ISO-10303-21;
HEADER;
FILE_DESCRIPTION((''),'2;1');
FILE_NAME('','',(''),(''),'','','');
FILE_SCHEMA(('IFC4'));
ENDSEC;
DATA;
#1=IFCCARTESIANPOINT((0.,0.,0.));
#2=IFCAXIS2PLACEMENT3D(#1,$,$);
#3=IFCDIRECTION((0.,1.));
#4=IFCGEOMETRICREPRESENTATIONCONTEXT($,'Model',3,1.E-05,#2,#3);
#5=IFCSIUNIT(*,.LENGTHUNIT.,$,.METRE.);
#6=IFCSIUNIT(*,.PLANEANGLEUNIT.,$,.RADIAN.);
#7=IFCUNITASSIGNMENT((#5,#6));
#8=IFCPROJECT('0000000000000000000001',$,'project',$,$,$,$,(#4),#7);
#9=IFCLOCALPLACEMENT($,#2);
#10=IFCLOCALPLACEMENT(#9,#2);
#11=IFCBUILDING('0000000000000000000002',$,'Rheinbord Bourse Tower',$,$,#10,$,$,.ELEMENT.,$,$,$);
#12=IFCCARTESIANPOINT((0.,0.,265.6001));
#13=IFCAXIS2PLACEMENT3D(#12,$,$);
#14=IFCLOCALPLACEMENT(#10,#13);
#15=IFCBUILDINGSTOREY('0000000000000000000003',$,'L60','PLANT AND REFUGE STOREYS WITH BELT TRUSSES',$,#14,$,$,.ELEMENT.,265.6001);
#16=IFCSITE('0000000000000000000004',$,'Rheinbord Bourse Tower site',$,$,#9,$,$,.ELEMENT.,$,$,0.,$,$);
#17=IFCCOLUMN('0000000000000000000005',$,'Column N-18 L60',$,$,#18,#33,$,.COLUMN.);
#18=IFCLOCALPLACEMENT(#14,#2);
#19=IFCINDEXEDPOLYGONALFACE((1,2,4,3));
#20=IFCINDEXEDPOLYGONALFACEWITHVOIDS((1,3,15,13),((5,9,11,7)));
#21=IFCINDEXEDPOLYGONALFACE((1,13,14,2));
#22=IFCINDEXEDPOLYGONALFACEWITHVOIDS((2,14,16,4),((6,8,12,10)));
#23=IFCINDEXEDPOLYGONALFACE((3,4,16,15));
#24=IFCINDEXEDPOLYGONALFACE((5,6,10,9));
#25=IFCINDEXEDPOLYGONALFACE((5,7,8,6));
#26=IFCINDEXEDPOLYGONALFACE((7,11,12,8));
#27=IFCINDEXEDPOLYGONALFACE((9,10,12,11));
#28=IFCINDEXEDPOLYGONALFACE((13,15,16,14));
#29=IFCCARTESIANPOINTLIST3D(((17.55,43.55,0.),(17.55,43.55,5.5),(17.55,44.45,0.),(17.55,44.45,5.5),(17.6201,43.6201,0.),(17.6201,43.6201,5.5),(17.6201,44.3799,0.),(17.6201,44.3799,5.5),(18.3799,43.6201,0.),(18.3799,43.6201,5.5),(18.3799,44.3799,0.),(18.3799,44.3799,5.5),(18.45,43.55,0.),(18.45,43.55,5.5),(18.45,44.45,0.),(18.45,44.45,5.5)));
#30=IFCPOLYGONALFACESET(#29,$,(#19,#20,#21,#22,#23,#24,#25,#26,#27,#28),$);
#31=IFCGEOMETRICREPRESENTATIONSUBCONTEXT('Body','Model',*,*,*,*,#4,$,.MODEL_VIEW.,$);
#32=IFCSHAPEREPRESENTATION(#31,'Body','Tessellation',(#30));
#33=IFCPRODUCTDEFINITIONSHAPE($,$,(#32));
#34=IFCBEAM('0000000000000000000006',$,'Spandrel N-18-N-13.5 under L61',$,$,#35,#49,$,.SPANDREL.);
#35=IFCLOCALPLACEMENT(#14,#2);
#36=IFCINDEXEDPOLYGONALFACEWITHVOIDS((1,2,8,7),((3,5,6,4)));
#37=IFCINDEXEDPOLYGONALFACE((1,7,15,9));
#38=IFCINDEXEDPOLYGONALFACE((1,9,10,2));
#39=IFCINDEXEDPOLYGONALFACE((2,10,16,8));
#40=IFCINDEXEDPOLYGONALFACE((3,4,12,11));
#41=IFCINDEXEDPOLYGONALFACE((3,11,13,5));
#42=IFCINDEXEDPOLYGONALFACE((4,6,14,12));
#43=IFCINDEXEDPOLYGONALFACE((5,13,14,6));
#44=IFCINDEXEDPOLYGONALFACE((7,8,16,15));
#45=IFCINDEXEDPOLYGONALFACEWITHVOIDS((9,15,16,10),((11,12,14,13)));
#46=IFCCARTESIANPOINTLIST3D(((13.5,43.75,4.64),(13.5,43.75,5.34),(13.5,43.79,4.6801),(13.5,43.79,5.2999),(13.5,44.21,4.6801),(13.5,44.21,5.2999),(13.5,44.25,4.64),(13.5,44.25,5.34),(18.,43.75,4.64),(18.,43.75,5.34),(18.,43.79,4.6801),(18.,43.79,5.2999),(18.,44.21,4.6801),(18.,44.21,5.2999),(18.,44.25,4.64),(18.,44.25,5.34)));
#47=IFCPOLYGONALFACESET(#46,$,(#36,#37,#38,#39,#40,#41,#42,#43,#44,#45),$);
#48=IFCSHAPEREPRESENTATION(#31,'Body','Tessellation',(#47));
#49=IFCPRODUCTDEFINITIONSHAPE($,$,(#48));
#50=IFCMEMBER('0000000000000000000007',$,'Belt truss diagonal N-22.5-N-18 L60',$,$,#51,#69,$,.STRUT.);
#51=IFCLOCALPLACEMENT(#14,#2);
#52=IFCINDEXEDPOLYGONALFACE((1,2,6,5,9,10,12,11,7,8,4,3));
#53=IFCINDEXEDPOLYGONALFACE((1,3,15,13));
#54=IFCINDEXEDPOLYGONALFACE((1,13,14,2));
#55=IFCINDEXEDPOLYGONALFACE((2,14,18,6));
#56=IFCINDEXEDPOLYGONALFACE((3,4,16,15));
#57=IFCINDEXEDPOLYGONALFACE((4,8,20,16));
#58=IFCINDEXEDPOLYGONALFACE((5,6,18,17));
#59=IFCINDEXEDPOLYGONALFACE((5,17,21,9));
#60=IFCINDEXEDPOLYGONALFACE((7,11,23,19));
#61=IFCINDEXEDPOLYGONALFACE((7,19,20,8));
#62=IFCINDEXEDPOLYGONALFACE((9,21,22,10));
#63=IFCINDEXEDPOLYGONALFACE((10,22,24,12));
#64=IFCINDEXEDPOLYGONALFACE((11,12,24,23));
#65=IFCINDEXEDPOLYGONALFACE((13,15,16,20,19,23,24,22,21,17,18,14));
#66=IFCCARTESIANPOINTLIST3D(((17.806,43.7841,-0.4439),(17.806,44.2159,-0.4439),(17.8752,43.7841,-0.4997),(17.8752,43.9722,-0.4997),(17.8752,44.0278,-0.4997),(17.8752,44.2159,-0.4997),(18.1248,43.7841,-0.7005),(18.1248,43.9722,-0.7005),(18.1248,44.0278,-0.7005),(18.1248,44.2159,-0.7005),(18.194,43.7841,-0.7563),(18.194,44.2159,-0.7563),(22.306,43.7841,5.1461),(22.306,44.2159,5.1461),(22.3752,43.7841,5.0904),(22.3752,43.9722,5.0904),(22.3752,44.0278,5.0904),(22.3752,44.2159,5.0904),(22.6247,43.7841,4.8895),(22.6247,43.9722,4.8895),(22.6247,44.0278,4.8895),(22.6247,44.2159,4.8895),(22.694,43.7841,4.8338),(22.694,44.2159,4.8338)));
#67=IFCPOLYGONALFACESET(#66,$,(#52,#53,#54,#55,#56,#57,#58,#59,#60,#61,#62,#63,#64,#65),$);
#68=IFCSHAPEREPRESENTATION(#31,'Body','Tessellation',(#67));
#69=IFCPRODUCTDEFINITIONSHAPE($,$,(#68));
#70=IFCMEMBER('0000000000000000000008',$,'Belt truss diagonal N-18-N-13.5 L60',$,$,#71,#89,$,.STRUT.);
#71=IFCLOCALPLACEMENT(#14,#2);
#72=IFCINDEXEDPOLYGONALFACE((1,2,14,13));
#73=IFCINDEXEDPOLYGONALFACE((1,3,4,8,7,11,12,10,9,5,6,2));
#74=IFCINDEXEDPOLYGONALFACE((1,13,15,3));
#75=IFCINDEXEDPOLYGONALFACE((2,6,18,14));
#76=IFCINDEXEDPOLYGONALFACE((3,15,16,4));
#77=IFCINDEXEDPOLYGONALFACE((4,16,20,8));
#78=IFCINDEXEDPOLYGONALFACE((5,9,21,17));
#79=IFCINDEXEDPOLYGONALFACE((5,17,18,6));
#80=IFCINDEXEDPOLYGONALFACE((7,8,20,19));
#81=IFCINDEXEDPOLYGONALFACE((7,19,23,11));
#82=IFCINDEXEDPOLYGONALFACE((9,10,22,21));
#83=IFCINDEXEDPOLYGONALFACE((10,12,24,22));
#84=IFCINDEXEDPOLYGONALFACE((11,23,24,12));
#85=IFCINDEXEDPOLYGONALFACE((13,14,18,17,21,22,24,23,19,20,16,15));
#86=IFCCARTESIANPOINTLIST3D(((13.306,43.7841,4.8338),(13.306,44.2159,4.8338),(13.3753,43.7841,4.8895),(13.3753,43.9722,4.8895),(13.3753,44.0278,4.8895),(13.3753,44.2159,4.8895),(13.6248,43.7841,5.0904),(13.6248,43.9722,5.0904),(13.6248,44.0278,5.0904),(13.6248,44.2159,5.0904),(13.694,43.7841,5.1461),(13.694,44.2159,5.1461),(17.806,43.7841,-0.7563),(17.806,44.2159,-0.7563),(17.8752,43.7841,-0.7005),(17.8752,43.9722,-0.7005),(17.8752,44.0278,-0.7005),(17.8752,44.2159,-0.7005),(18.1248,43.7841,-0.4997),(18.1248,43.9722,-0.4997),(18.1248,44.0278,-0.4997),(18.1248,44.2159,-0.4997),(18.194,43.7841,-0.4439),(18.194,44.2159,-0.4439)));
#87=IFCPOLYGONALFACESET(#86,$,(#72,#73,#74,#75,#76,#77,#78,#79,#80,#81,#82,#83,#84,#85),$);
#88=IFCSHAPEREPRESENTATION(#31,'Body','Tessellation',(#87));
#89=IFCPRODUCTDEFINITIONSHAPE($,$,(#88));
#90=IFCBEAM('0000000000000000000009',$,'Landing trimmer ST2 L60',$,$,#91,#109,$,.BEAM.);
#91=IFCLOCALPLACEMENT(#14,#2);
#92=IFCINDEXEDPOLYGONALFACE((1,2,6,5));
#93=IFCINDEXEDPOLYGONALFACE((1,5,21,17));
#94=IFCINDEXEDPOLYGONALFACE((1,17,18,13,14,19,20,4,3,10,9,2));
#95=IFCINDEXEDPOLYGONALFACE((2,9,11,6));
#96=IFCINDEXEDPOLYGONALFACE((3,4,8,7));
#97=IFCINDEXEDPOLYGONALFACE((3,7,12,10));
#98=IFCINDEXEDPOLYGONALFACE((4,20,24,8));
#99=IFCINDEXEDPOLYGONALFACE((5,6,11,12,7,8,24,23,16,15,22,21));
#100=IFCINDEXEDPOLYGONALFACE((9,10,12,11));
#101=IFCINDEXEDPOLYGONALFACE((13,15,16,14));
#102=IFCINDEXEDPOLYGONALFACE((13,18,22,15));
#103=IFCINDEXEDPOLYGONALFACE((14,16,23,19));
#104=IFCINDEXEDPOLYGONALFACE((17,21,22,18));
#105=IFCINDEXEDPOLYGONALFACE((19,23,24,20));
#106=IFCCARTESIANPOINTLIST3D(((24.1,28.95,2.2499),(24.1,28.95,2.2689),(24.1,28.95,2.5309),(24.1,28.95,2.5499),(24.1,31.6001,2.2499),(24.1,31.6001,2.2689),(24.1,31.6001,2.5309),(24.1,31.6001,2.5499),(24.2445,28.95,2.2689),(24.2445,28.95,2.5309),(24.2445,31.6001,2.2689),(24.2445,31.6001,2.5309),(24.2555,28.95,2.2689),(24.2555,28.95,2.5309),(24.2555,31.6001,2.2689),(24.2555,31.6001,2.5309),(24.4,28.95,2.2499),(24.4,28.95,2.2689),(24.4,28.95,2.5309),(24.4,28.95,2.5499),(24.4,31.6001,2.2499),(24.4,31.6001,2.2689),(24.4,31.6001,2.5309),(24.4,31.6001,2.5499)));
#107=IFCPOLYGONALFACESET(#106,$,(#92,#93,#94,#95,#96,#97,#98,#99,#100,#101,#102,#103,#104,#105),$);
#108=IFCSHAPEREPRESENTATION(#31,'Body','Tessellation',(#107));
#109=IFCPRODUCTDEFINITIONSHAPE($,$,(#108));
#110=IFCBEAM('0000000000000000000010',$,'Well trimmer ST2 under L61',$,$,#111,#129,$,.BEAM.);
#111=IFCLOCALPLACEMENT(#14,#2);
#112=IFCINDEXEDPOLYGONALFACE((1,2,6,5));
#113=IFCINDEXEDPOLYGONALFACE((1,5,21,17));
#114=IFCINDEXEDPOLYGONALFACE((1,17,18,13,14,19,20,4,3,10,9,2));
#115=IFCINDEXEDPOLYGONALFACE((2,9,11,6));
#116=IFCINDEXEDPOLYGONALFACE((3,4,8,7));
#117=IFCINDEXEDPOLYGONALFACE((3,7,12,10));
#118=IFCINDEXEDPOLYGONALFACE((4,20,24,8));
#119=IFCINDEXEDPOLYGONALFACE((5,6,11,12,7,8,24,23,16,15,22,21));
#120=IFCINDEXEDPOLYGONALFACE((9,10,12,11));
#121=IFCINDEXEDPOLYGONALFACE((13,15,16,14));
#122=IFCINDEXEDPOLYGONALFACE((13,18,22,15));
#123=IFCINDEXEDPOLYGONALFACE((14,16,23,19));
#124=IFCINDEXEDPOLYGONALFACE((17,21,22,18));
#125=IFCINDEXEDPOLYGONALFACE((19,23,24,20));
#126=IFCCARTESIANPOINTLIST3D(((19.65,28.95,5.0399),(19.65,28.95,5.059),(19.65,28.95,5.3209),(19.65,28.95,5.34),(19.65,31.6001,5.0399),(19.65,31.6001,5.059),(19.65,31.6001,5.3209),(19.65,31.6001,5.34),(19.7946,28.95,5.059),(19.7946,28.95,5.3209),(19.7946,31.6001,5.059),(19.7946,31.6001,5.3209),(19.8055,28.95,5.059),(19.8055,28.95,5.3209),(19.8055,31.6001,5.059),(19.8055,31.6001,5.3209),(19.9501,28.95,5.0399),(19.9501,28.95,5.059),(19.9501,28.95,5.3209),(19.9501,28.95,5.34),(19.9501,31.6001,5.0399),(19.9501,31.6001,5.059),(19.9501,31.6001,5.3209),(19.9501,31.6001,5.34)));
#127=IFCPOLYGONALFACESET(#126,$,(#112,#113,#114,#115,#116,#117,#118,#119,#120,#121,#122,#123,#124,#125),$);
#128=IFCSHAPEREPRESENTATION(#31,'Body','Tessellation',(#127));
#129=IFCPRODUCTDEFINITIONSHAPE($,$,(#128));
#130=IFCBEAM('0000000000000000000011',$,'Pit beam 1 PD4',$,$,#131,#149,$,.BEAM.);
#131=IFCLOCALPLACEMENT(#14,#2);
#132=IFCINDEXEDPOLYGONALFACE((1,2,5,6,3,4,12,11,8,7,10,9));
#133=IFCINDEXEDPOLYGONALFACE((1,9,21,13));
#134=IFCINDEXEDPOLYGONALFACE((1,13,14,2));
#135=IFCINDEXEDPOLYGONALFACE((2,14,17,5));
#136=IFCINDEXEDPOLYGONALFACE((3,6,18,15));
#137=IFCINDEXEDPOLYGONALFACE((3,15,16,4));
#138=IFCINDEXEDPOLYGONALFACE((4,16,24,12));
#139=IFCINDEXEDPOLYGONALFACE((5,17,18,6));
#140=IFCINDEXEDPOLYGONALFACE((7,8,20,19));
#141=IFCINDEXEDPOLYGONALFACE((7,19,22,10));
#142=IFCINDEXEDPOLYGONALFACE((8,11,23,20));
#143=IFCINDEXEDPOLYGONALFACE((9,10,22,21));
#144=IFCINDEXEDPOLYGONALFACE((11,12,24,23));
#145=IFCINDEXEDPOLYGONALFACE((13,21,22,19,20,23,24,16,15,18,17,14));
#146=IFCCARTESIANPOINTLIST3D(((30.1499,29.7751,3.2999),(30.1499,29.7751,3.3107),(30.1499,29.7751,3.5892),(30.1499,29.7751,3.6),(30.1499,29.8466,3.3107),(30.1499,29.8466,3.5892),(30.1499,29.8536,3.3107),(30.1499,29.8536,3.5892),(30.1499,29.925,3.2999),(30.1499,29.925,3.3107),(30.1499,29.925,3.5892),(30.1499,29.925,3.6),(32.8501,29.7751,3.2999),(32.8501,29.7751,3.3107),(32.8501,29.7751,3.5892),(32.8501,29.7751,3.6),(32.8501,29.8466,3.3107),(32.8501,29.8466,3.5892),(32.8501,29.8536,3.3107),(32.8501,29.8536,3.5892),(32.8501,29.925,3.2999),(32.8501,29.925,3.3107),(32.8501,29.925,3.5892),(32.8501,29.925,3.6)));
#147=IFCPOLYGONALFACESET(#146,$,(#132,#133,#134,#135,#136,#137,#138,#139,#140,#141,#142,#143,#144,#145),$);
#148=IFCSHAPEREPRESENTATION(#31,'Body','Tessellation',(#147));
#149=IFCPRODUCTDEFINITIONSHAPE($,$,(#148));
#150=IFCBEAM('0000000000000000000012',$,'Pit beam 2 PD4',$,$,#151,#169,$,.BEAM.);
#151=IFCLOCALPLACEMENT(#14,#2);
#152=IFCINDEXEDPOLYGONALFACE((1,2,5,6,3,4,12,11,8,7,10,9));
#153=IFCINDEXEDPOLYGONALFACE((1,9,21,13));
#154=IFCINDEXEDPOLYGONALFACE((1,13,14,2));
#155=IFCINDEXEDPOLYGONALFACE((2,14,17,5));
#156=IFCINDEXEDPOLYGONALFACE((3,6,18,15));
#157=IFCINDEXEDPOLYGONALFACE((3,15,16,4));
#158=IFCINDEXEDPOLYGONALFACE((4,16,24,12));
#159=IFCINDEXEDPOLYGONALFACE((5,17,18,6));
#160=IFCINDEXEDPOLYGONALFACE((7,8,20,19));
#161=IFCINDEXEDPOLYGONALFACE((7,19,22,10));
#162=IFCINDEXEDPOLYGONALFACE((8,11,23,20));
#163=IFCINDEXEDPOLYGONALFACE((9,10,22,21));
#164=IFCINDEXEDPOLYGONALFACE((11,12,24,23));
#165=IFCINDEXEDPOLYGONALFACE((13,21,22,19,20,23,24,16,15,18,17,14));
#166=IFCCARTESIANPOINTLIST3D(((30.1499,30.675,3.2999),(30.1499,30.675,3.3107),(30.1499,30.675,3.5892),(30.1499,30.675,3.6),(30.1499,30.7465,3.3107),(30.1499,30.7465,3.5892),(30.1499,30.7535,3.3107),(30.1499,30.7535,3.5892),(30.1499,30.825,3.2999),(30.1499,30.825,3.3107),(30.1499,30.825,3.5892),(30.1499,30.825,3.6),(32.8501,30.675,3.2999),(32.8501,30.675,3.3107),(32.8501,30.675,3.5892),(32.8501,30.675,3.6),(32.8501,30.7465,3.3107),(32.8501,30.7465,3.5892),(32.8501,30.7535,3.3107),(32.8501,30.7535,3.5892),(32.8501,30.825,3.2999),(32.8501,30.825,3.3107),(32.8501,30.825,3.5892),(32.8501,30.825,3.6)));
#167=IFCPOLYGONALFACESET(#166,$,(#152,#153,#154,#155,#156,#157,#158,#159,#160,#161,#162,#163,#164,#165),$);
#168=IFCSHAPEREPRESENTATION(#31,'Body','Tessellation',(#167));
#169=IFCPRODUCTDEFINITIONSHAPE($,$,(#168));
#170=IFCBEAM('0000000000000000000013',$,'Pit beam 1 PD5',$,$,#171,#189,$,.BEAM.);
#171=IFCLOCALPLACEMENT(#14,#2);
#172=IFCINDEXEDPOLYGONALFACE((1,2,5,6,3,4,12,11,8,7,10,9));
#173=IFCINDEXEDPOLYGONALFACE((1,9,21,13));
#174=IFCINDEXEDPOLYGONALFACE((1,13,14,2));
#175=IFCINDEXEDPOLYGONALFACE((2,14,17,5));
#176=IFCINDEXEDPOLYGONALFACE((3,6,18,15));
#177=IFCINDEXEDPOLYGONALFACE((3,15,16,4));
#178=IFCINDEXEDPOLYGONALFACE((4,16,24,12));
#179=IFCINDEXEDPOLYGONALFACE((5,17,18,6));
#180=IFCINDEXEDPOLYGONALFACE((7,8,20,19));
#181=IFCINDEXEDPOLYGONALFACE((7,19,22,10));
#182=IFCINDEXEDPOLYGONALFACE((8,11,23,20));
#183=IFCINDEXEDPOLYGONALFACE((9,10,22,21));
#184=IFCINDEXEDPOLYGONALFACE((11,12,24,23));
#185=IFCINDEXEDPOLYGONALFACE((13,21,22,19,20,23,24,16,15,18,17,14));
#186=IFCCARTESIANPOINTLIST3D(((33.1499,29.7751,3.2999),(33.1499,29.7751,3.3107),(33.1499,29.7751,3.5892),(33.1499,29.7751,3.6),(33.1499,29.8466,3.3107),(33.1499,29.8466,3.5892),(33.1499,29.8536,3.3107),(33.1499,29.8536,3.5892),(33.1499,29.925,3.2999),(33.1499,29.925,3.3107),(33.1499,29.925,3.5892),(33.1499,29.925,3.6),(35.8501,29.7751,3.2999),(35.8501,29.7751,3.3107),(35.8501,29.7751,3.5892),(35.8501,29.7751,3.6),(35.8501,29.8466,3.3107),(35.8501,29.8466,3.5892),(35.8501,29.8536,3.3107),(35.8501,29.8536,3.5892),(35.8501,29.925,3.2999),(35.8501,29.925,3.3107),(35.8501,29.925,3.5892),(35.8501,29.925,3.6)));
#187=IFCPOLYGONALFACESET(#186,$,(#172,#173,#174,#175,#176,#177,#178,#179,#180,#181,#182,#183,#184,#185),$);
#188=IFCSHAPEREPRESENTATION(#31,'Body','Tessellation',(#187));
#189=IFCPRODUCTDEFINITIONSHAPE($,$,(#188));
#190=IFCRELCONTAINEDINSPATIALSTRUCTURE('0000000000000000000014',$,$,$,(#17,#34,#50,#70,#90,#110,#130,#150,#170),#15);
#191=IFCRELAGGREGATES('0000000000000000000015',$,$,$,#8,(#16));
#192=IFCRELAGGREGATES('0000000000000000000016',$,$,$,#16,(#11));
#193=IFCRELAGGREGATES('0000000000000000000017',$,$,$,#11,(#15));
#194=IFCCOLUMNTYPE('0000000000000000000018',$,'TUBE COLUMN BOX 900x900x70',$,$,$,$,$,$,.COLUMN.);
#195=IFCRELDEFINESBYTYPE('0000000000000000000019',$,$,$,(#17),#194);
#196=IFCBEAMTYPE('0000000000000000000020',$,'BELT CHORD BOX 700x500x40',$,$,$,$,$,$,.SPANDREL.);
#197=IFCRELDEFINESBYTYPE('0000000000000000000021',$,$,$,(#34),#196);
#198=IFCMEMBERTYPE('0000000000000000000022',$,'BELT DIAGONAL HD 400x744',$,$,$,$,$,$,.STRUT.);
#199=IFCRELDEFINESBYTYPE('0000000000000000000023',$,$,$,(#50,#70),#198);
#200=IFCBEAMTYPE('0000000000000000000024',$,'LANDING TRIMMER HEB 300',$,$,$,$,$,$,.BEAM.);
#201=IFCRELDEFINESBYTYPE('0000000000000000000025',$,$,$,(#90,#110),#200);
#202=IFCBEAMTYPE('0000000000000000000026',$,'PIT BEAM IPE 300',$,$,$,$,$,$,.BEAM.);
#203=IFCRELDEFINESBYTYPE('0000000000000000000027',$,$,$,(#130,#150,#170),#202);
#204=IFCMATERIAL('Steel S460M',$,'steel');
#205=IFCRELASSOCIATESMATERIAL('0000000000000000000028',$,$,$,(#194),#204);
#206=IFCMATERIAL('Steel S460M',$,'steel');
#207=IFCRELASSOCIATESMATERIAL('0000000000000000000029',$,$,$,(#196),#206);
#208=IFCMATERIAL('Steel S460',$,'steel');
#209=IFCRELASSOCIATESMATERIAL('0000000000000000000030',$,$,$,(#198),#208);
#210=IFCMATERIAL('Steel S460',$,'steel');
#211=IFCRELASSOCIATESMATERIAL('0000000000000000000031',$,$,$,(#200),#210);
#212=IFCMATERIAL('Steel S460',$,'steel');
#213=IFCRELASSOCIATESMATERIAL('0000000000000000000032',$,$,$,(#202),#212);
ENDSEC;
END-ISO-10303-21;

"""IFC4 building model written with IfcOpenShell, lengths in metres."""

from ifc_helpers import new_model, si_unit, direction, frame, origin, origin_2d, place, context, subcontext, project, spatial, hollow_rectangle, i_section, extrude, material, material_profile, profile_set, type_object, element, save


model = new_model("IFC4")

# Units and contexts
model_context = context("Model", 3, precision=1e-05, world=origin(), true_north=direction((0.0, 1.0)))
body_context = subcontext(model_context, "Body", "Model", "MODEL_VIEW")
ifc_project = project(units=[si_unit("LENGTHUNIT", "METRE"), si_unit("PLANEANGLEUNIT", "RADIAN")], contexts=[model_context])

# Site, building, storey
site_placement = place(None, origin())
site = spatial("IfcSite", under=ifc_project, at=site_placement, Name="Rheinbord Bourse Tower site", CompositionType="ELEMENT", RefElevation=0.0)
building_placement = place(site_placement, origin())
building = spatial("IfcBuilding", under=site, at=building_placement, Name="Rheinbord Bourse Tower", CompositionType="ELEMENT")
storey_placement = place(building_placement, frame((0.0, 0.0, 265.6001)))
storey = spatial("IfcBuildingStorey", under=building, at=storey_placement, Name="L60", Description="PLANT AND REFUGE STOREYS WITH BELT TRUSSES", CompositionType="ELEMENT", Elevation=265.6001)

# Column
ifc_material_1 = material(Name="Steel S460M", Category="steel")
ifc_material_profile_1 = material_profile(ifc_material_1, hollow_rectangle(XDim=0.8999, YDim=0.8999, WallThickness=0.0701, at=origin_2d()), Name="BOX 900x900x70")
ifc_profile_set_1 = profile_set([ifc_material_profile_1], Name="Steel S460M")
column_type = type_object("IfcColumnType", Name="TUBE COLUMN BOX 900x900x70", PredefinedType="COLUMN", material=ifc_profile_set_1)
column_placement = place(storey_placement, frame((18.0, 44.0, 0.0), z_axis=(0.0, 0.0, 1.0), x_axis=(0.0, 1.0, 0.0)))
element("IfcColumn", 1, at=column_placement, inside=storey, type_object=column_type, Name="Column N-18 L60", PredefinedType="COLUMN", context=body_context, shape_type="SweptSolid", body=[
    extrude(hollow_rectangle(XDim=0.8999, YDim=0.8999, WallThickness=0.0701, at=origin_2d()), origin(), (0.0, 0.0, 1.0), 5.5),
])

# Beam
ifc_material_2 = material(Name="Steel S460M", Category="steel")
ifc_material_profile_2 = material_profile(ifc_material_2, hollow_rectangle(XDim=0.5, YDim=0.7, WallThickness=0.04, at=origin_2d()), Name="BOX 700x500x40")
ifc_profile_set_2 = profile_set([ifc_material_profile_2], Name="Steel S460M")
beam_type_1 = type_object("IfcBeamType", Name="BELT CHORD BOX 700x500x40", PredefinedType="SPANDREL", material=ifc_profile_set_2)
beam_placement = place(storey_placement, frame((18.0, 44.0, 4.99), z_axis=(-1.0, 0.0, 0.0), x_axis=(0.0, -1.0, 0.0)))
element("IfcBeam", 2, at=beam_placement, inside=storey, type_object=beam_type_1, Name="Spandrel N-18-N-13.5 under L61", PredefinedType="SPANDREL", context=body_context, shape_type="SweptSolid", body=[
    extrude(hollow_rectangle(XDim=0.5, YDim=0.7, WallThickness=0.04, at=origin_2d()), origin(), (0.0, 0.0, 1.0), 4.5),
])

# Members
ifc_material_3 = material(Name="Steel S460", Category="steel")
ifc_material_profile_3 = material_profile(ifc_material_3, i_section(OverallWidth=0.4319, OverallDepth=0.498, WebThickness=0.0557, FlangeThickness=0.0889, at=origin_2d()), Name="HD 400x744")
ifc_profile_set_3 = profile_set([ifc_material_profile_3], Name="Steel S460")
member_type = type_object("IfcMemberType", Name="BELT DIAGONAL HD 400x744", PredefinedType="STRUT", material=ifc_profile_set_3)
for number, where, z_axis, x_axis, name in (
    (3, (18.0, 44.0, -0.6001), (0.627065, 0.0, 0.778967), (0.0, 1.0, 0.0), "Belt truss diagonal N-22.5-N-18 L60"),
    (4, (18.0, 44.0, -0.6001), (-0.627065, 0.0, 0.778967), (0.0, -1.0, 0.0), "Belt truss diagonal N-18-N-13.5 L60"),
):
    element("IfcMember", number, at=place(storey_placement, frame(where, z_axis=z_axis, x_axis=x_axis)), inside=storey, type_object=member_type, Name=name, PredefinedType="STRUT", context=body_context, shape_type="SweptSolid", body=[
        extrude(i_section(OverallWidth=0.4319, OverallDepth=0.498, WebThickness=0.0557, FlangeThickness=0.0889, at=origin_2d()), origin(), (0.0, 0.0, 1.0), 7.1763),
    ])

# Beams
ifc_material_4 = material(Name="Steel S460", Category="steel")
ifc_material_profile_4 = material_profile(ifc_material_4, i_section(OverallWidth=0.3, OverallDepth=0.3, WebThickness=0.011, FlangeThickness=0.019, at=origin_2d()), Name="HEB 300")
ifc_profile_set_4 = profile_set([ifc_material_profile_4], Name="Steel S460")
beam_type_2 = type_object("IfcBeamType", Name="LANDING TRIMMER HEB 300", PredefinedType="BEAM", material=ifc_profile_set_4)
for number, where, z_axis, x_axis, name in (
    (5, (24.25, 28.95, 2.3999), (0.0, 1.0, 0.0), (-1.0, 0.0, 0.0), "Landing trimmer ST2 L60"),
    (6, (19.8, 28.95, 5.1899), (0.0, 1.0, 0.0), (-1.0, 0.0, 0.0), "Well trimmer ST2 under L61"),
):
    element("IfcBeam", number, at=place(storey_placement, frame(where, z_axis=z_axis, x_axis=x_axis)), inside=storey, type_object=beam_type_2, Name=name, PredefinedType="BEAM", context=body_context, shape_type="SweptSolid", body=[
        extrude(i_section(OverallWidth=0.3, OverallDepth=0.3, WebThickness=0.011, FlangeThickness=0.019, at=origin_2d()), origin(), (0.0, 0.0, 1.0), 2.6501),
    ])
ifc_material_5 = material(Name="Steel S460", Category="steel")
ifc_material_profile_5 = material_profile(ifc_material_5, i_section(OverallWidth=0.1499, OverallDepth=0.3, WebThickness=0.0071, FlangeThickness=0.0107, at=origin_2d()), Name="IPE 300")
ifc_profile_set_5 = profile_set([ifc_material_profile_5], Name="Steel S460")
beam_type_3 = type_object("IfcBeamType", Name="PIT BEAM IPE 300", PredefinedType="BEAM", material=ifc_profile_set_5)
for number, where, z_axis, x_axis, name in (
    (7, (30.1499, 29.8501, 3.45), (1.0, 0.0, 0.0), (0.0, 1.0, 0.0), "Pit beam 1 PD4"),
    (8, (30.1499, 30.75, 3.45), (1.0, 0.0, 0.0), (0.0, 1.0, 0.0), "Pit beam 2 PD4"),
    (9, (33.1499, 29.8501, 3.45), (1.0, 0.0, 0.0), (0.0, 1.0, 0.0), "Pit beam 1 PD5"),
):
    element("IfcBeam", number, at=place(storey_placement, frame(where, z_axis=z_axis, x_axis=x_axis)), inside=storey, type_object=beam_type_3, Name=name, PredefinedType="BEAM", context=body_context, shape_type="SweptSolid", body=[
        extrude(i_section(OverallWidth=0.1499, OverallDepth=0.3, WebThickness=0.0071, FlangeThickness=0.0107, at=origin_2d()), origin(), (0.0, 0.0, 1.0), 2.7002),
    ])

save(model, "model.ifc")
